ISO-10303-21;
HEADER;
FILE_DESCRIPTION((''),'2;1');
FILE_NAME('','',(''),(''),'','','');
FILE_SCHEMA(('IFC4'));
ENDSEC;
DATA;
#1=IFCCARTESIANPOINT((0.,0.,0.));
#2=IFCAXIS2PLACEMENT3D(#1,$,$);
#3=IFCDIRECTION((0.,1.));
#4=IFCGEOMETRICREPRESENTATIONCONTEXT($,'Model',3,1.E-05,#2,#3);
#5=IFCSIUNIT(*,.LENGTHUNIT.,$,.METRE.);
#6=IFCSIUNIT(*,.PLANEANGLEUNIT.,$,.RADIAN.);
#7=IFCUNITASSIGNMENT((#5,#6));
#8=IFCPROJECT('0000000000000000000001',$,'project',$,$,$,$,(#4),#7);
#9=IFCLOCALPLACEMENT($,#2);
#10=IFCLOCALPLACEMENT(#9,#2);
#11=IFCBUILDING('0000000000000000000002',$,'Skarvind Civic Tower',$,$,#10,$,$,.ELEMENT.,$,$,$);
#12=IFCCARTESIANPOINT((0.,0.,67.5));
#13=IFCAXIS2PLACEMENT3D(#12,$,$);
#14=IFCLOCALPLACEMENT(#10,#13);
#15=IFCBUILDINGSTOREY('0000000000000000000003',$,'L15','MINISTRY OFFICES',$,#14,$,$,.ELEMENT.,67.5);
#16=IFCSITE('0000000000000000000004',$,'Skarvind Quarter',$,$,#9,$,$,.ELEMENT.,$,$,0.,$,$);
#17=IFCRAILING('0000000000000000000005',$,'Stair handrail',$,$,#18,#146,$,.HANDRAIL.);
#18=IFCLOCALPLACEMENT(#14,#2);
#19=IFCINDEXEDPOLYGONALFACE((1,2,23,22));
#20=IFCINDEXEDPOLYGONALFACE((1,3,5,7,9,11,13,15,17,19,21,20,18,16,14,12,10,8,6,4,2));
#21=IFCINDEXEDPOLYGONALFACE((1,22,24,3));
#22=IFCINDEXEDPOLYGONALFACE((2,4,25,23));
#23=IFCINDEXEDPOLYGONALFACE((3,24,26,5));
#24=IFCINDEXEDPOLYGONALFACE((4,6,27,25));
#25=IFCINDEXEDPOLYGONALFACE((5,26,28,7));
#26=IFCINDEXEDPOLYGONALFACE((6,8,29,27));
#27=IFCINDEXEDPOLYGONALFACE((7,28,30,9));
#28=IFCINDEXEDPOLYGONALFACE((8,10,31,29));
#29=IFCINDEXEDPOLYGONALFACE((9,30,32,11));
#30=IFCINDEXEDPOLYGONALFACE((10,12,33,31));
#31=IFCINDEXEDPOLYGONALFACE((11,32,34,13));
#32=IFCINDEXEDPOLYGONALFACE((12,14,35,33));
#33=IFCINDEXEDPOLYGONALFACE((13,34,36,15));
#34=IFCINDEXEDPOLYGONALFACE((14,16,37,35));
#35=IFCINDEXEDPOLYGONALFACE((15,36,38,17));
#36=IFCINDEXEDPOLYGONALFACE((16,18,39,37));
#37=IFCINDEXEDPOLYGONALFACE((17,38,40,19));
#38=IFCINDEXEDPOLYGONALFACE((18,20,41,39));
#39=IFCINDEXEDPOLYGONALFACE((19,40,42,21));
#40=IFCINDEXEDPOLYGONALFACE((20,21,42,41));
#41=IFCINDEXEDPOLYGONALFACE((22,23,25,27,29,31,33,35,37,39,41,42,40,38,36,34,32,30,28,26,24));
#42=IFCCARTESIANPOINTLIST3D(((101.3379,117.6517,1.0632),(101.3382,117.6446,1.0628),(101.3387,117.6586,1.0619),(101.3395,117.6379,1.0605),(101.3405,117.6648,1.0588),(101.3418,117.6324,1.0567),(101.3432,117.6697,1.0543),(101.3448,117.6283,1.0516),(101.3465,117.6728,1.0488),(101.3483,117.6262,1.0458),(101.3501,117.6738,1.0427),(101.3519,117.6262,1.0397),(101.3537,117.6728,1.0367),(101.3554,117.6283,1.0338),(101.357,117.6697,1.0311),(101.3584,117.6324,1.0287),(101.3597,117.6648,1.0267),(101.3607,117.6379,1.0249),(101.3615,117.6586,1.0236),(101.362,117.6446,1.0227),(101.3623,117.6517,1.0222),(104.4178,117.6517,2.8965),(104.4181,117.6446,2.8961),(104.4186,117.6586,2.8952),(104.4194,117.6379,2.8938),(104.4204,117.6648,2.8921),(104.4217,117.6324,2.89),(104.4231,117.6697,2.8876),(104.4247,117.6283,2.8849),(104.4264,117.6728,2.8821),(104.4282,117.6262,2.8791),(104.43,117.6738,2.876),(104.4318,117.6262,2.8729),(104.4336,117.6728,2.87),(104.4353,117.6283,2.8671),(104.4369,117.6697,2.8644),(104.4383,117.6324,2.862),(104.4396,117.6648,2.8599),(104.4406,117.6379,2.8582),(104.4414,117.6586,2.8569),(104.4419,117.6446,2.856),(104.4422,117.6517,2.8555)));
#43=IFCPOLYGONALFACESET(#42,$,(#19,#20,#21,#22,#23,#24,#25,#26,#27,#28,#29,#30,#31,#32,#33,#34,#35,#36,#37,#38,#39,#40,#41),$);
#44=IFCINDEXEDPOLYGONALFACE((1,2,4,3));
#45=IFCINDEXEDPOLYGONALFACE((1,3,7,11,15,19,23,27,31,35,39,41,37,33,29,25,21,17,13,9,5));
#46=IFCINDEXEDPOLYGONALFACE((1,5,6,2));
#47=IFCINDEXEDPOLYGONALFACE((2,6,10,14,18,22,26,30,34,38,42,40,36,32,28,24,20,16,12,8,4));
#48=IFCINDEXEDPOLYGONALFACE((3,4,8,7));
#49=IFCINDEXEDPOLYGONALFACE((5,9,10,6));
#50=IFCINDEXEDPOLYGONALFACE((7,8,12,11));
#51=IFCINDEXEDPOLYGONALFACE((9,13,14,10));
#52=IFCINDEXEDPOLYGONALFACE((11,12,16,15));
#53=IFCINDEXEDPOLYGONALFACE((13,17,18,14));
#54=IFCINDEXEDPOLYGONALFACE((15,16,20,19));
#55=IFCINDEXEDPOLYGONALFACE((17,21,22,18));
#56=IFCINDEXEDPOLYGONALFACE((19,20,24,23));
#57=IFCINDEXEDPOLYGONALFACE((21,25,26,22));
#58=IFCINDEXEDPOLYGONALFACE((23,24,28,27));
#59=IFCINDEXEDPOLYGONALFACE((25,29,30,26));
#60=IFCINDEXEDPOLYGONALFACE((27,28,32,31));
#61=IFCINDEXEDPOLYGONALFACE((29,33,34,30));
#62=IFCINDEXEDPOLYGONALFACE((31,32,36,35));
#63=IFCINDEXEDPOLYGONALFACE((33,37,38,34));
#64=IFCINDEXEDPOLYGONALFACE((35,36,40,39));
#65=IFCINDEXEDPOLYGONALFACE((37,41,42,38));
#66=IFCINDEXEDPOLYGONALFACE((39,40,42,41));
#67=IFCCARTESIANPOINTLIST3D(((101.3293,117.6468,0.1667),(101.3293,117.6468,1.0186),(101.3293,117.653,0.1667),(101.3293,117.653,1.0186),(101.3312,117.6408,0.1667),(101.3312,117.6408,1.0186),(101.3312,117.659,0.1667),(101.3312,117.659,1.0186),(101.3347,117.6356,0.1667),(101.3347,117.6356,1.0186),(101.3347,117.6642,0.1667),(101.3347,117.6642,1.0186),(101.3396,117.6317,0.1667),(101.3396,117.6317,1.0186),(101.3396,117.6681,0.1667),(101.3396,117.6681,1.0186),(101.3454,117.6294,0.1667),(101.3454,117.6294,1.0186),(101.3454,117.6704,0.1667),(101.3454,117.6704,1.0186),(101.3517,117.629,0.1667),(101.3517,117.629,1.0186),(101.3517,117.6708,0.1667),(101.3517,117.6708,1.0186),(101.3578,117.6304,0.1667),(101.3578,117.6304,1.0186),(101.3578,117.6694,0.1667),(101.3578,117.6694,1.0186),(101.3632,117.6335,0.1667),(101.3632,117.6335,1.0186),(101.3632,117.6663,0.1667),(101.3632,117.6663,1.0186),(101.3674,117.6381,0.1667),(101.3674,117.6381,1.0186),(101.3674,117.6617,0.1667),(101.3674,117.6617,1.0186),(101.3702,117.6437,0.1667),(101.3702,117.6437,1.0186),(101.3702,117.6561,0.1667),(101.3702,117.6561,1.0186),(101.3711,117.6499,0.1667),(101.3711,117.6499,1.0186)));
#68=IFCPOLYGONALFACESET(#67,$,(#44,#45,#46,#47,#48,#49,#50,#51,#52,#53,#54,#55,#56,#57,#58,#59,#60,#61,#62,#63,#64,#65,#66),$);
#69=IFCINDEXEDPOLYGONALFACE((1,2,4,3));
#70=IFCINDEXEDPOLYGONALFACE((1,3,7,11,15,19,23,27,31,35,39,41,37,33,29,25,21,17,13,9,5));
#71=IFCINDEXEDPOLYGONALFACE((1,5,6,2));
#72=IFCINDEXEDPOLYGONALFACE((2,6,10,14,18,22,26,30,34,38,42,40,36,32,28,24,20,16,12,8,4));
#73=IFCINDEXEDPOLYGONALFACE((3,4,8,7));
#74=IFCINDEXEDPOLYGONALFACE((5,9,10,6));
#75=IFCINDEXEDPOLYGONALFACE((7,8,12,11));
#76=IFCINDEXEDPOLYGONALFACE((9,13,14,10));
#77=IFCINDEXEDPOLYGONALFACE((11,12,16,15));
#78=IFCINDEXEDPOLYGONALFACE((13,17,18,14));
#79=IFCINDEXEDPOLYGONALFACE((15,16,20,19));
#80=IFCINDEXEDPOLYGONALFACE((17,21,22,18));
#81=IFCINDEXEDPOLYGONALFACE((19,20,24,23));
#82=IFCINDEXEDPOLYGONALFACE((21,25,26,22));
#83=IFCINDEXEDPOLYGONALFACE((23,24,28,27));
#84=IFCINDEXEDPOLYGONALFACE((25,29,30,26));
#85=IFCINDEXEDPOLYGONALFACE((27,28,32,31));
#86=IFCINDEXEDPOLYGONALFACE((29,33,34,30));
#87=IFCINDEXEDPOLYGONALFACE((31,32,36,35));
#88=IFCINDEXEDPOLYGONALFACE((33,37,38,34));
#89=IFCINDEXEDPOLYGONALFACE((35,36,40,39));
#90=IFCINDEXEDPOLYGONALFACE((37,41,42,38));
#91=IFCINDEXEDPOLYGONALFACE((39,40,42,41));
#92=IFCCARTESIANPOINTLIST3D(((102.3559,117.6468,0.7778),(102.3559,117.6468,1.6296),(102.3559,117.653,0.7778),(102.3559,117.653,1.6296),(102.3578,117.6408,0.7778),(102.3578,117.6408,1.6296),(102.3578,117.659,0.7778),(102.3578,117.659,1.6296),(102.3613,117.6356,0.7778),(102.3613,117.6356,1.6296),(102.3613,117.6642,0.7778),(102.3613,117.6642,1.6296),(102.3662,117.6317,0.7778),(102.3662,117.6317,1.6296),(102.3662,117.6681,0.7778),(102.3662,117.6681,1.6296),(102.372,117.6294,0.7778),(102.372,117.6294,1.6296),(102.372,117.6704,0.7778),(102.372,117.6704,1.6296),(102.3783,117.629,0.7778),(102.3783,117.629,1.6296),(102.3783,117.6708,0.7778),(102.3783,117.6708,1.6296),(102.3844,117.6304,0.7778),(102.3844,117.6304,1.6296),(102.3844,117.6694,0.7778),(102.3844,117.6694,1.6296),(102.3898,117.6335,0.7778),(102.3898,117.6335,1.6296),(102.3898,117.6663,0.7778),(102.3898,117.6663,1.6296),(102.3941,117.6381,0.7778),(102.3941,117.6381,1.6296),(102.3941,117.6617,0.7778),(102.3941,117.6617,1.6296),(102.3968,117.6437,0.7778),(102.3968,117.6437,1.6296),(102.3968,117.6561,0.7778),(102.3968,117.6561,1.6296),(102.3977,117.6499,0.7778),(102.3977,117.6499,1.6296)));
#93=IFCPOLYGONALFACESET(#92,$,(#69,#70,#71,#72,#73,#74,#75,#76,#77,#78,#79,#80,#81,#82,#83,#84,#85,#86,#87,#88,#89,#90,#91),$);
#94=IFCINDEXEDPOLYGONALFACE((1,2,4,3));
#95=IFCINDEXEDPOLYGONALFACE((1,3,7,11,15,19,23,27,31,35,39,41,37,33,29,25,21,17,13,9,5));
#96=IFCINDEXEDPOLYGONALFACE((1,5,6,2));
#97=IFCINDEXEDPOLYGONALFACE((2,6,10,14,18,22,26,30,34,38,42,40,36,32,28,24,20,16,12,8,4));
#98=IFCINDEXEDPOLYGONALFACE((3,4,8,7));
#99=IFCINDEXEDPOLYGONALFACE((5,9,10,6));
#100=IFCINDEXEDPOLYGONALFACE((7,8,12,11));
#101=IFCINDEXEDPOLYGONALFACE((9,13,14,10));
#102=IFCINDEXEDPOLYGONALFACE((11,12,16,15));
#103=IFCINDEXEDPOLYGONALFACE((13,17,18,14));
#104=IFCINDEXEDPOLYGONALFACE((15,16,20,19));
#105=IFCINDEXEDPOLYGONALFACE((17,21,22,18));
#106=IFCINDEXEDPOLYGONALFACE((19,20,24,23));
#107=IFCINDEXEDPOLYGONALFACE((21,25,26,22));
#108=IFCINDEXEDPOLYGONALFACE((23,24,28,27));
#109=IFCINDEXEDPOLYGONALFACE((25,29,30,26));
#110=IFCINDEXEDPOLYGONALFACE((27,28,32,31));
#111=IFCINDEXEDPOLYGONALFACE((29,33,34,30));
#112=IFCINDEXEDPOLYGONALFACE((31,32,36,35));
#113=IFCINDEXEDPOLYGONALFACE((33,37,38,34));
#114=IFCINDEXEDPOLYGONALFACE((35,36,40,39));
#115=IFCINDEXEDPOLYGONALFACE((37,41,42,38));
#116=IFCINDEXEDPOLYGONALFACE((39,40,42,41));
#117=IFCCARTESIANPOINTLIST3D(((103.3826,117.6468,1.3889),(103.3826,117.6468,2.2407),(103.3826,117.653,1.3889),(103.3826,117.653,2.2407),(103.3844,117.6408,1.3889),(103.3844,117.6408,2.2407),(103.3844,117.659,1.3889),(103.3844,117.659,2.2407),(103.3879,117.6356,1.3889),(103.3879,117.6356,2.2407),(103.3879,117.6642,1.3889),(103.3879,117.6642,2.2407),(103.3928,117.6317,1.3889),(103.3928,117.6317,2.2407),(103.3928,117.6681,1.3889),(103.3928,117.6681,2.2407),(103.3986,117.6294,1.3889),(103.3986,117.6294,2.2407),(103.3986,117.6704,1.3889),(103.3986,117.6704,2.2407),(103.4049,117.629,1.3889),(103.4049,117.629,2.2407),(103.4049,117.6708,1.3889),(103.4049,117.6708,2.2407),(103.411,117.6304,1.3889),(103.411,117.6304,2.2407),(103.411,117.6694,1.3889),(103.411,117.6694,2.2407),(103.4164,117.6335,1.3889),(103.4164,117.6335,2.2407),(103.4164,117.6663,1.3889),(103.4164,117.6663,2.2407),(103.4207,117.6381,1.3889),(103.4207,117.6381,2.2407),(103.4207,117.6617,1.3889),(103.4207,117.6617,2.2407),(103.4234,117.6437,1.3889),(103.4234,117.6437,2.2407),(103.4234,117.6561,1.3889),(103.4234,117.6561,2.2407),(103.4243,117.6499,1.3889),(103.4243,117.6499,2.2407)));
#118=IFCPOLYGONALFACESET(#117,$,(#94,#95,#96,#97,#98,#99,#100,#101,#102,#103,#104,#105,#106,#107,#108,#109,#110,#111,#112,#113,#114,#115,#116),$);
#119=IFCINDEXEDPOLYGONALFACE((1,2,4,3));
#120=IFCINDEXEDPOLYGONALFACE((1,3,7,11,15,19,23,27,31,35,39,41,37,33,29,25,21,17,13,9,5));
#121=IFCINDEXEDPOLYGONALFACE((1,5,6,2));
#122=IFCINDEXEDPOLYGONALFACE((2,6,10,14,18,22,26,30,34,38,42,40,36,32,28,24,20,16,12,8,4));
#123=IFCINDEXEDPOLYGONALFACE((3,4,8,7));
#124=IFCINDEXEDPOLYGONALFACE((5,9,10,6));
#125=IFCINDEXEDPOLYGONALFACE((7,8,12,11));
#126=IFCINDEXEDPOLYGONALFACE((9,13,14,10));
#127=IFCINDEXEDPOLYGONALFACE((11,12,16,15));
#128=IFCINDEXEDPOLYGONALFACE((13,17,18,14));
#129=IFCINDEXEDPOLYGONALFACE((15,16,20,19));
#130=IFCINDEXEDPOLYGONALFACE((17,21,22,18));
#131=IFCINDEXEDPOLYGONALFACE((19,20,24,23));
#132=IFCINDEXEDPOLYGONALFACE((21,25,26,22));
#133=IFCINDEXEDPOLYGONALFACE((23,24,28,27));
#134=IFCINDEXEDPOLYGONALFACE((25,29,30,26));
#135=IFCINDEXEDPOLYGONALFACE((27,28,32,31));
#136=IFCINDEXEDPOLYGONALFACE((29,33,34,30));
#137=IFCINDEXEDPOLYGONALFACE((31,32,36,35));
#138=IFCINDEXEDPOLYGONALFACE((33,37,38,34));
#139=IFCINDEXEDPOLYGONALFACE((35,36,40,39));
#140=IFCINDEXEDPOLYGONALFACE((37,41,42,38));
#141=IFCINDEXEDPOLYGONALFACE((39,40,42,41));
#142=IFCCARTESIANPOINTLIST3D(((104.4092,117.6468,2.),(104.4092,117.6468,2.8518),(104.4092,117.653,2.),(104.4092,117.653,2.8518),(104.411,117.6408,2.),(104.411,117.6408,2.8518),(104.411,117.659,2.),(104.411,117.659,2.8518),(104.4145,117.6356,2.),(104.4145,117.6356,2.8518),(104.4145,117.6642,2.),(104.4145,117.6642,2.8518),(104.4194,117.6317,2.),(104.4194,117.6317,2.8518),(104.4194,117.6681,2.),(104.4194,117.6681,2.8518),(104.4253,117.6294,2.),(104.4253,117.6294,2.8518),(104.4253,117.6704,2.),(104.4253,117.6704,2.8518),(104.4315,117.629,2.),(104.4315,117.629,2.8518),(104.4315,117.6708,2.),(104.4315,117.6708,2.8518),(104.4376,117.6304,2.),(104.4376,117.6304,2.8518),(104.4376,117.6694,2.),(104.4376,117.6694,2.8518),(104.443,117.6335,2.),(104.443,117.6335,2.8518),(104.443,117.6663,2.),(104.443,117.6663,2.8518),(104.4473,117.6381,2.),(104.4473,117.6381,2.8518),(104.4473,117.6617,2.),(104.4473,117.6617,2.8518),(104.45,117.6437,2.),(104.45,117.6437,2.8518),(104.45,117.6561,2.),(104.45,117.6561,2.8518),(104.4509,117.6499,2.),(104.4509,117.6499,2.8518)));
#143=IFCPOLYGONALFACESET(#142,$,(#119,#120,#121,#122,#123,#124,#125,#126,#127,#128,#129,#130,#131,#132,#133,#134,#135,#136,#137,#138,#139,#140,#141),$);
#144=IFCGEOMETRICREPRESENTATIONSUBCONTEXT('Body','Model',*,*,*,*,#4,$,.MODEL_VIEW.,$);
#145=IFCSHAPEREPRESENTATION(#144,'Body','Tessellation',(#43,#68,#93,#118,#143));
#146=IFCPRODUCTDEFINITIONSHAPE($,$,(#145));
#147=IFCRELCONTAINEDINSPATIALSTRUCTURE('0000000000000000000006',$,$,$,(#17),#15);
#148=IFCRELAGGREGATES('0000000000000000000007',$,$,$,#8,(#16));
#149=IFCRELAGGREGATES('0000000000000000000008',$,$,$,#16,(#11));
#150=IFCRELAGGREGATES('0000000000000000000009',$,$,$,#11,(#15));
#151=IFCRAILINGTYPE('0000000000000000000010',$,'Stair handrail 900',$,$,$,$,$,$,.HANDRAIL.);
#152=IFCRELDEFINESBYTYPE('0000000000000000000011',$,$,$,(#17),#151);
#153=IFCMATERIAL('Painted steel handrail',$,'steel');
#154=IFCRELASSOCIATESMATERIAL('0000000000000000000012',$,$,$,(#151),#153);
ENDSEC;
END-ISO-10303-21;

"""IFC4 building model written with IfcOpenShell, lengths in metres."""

from ifc_helpers import new_model, si_unit, direction, frame, origin, origin_2d, place, context, subcontext, project, spatial, circle, extrude, material, type_object, element, save


model = new_model("IFC4")

# Units and contexts
model_context = context("Model", 3, precision=1e-05, world=origin(), true_north=direction((0.0, 1.0)))
body_context = subcontext(model_context, "Body", "Model", "MODEL_VIEW")
ifc_project = project(units=[si_unit("LENGTHUNIT", "METRE"), si_unit("PLANEANGLEUNIT", "RADIAN")], contexts=[model_context])

# Site, building, storey
site_placement = place(None, origin())
site = spatial("IfcSite", under=ifc_project, at=site_placement, Name="Skarvind Quarter", CompositionType="ELEMENT", RefElevation=0.0)
building_placement = place(site_placement, origin())
building = spatial("IfcBuilding", under=site, at=building_placement, Name="Skarvind Civic Tower", CompositionType="ELEMENT")
storey_placement = place(building_placement, frame((0.0, 0.0, 67.5)))
storey = spatial("IfcBuildingStorey", under=building, at=storey_placement, Name="L15", Description="MINISTRY OFFICES", CompositionType="ELEMENT", Elevation=67.5)

# Railing
ifc_material_1 = material(Name="Painted steel handrail", Category="steel")
railing_type = type_object("IfcRailingType", Name="Stair handrail 900", PredefinedType="HANDRAIL", material=ifc_material_1)
railing_placement = place(storey_placement, frame((101.3501, 117.6499, 0.1667)))
element("IfcRailing", 1, at=railing_placement, inside=storey, type_object=railing_type, Name="Stair handrail", PredefinedType="HANDRAIL", context=body_context, shape_type="SweptSolid", body=[
    extrude(circle(Radius=0.0239, at=origin_2d()), frame((0.0, 0.0, 0.876), z_axis=(0.859291, 0.0, 0.511487), x_axis=(0.0, 1.0, 0.0)), (0.0, 0.0, 1.0), 3.5842),
    extrude(circle(Radius=0.021, at=origin_2d()), origin(), (0.0, 0.0, 1.0), 0.8518),
    extrude(circle(Radius=0.021, at=origin_2d()), frame((1.0266, 0.0, 0.6111)), (0.0, 0.0, 1.0), 0.8518),
    extrude(circle(Radius=0.021, at=origin_2d()), frame((2.0532, 0.0, 1.2222)), (0.0, 0.0, 1.0), 0.8518),
    extrude(circle(Radius=0.021, at=origin_2d()), frame((3.0798, 0.0, 1.8333)), (0.0, 0.0, 1.0), 0.8518),
])

save(model, "model.ifc")
